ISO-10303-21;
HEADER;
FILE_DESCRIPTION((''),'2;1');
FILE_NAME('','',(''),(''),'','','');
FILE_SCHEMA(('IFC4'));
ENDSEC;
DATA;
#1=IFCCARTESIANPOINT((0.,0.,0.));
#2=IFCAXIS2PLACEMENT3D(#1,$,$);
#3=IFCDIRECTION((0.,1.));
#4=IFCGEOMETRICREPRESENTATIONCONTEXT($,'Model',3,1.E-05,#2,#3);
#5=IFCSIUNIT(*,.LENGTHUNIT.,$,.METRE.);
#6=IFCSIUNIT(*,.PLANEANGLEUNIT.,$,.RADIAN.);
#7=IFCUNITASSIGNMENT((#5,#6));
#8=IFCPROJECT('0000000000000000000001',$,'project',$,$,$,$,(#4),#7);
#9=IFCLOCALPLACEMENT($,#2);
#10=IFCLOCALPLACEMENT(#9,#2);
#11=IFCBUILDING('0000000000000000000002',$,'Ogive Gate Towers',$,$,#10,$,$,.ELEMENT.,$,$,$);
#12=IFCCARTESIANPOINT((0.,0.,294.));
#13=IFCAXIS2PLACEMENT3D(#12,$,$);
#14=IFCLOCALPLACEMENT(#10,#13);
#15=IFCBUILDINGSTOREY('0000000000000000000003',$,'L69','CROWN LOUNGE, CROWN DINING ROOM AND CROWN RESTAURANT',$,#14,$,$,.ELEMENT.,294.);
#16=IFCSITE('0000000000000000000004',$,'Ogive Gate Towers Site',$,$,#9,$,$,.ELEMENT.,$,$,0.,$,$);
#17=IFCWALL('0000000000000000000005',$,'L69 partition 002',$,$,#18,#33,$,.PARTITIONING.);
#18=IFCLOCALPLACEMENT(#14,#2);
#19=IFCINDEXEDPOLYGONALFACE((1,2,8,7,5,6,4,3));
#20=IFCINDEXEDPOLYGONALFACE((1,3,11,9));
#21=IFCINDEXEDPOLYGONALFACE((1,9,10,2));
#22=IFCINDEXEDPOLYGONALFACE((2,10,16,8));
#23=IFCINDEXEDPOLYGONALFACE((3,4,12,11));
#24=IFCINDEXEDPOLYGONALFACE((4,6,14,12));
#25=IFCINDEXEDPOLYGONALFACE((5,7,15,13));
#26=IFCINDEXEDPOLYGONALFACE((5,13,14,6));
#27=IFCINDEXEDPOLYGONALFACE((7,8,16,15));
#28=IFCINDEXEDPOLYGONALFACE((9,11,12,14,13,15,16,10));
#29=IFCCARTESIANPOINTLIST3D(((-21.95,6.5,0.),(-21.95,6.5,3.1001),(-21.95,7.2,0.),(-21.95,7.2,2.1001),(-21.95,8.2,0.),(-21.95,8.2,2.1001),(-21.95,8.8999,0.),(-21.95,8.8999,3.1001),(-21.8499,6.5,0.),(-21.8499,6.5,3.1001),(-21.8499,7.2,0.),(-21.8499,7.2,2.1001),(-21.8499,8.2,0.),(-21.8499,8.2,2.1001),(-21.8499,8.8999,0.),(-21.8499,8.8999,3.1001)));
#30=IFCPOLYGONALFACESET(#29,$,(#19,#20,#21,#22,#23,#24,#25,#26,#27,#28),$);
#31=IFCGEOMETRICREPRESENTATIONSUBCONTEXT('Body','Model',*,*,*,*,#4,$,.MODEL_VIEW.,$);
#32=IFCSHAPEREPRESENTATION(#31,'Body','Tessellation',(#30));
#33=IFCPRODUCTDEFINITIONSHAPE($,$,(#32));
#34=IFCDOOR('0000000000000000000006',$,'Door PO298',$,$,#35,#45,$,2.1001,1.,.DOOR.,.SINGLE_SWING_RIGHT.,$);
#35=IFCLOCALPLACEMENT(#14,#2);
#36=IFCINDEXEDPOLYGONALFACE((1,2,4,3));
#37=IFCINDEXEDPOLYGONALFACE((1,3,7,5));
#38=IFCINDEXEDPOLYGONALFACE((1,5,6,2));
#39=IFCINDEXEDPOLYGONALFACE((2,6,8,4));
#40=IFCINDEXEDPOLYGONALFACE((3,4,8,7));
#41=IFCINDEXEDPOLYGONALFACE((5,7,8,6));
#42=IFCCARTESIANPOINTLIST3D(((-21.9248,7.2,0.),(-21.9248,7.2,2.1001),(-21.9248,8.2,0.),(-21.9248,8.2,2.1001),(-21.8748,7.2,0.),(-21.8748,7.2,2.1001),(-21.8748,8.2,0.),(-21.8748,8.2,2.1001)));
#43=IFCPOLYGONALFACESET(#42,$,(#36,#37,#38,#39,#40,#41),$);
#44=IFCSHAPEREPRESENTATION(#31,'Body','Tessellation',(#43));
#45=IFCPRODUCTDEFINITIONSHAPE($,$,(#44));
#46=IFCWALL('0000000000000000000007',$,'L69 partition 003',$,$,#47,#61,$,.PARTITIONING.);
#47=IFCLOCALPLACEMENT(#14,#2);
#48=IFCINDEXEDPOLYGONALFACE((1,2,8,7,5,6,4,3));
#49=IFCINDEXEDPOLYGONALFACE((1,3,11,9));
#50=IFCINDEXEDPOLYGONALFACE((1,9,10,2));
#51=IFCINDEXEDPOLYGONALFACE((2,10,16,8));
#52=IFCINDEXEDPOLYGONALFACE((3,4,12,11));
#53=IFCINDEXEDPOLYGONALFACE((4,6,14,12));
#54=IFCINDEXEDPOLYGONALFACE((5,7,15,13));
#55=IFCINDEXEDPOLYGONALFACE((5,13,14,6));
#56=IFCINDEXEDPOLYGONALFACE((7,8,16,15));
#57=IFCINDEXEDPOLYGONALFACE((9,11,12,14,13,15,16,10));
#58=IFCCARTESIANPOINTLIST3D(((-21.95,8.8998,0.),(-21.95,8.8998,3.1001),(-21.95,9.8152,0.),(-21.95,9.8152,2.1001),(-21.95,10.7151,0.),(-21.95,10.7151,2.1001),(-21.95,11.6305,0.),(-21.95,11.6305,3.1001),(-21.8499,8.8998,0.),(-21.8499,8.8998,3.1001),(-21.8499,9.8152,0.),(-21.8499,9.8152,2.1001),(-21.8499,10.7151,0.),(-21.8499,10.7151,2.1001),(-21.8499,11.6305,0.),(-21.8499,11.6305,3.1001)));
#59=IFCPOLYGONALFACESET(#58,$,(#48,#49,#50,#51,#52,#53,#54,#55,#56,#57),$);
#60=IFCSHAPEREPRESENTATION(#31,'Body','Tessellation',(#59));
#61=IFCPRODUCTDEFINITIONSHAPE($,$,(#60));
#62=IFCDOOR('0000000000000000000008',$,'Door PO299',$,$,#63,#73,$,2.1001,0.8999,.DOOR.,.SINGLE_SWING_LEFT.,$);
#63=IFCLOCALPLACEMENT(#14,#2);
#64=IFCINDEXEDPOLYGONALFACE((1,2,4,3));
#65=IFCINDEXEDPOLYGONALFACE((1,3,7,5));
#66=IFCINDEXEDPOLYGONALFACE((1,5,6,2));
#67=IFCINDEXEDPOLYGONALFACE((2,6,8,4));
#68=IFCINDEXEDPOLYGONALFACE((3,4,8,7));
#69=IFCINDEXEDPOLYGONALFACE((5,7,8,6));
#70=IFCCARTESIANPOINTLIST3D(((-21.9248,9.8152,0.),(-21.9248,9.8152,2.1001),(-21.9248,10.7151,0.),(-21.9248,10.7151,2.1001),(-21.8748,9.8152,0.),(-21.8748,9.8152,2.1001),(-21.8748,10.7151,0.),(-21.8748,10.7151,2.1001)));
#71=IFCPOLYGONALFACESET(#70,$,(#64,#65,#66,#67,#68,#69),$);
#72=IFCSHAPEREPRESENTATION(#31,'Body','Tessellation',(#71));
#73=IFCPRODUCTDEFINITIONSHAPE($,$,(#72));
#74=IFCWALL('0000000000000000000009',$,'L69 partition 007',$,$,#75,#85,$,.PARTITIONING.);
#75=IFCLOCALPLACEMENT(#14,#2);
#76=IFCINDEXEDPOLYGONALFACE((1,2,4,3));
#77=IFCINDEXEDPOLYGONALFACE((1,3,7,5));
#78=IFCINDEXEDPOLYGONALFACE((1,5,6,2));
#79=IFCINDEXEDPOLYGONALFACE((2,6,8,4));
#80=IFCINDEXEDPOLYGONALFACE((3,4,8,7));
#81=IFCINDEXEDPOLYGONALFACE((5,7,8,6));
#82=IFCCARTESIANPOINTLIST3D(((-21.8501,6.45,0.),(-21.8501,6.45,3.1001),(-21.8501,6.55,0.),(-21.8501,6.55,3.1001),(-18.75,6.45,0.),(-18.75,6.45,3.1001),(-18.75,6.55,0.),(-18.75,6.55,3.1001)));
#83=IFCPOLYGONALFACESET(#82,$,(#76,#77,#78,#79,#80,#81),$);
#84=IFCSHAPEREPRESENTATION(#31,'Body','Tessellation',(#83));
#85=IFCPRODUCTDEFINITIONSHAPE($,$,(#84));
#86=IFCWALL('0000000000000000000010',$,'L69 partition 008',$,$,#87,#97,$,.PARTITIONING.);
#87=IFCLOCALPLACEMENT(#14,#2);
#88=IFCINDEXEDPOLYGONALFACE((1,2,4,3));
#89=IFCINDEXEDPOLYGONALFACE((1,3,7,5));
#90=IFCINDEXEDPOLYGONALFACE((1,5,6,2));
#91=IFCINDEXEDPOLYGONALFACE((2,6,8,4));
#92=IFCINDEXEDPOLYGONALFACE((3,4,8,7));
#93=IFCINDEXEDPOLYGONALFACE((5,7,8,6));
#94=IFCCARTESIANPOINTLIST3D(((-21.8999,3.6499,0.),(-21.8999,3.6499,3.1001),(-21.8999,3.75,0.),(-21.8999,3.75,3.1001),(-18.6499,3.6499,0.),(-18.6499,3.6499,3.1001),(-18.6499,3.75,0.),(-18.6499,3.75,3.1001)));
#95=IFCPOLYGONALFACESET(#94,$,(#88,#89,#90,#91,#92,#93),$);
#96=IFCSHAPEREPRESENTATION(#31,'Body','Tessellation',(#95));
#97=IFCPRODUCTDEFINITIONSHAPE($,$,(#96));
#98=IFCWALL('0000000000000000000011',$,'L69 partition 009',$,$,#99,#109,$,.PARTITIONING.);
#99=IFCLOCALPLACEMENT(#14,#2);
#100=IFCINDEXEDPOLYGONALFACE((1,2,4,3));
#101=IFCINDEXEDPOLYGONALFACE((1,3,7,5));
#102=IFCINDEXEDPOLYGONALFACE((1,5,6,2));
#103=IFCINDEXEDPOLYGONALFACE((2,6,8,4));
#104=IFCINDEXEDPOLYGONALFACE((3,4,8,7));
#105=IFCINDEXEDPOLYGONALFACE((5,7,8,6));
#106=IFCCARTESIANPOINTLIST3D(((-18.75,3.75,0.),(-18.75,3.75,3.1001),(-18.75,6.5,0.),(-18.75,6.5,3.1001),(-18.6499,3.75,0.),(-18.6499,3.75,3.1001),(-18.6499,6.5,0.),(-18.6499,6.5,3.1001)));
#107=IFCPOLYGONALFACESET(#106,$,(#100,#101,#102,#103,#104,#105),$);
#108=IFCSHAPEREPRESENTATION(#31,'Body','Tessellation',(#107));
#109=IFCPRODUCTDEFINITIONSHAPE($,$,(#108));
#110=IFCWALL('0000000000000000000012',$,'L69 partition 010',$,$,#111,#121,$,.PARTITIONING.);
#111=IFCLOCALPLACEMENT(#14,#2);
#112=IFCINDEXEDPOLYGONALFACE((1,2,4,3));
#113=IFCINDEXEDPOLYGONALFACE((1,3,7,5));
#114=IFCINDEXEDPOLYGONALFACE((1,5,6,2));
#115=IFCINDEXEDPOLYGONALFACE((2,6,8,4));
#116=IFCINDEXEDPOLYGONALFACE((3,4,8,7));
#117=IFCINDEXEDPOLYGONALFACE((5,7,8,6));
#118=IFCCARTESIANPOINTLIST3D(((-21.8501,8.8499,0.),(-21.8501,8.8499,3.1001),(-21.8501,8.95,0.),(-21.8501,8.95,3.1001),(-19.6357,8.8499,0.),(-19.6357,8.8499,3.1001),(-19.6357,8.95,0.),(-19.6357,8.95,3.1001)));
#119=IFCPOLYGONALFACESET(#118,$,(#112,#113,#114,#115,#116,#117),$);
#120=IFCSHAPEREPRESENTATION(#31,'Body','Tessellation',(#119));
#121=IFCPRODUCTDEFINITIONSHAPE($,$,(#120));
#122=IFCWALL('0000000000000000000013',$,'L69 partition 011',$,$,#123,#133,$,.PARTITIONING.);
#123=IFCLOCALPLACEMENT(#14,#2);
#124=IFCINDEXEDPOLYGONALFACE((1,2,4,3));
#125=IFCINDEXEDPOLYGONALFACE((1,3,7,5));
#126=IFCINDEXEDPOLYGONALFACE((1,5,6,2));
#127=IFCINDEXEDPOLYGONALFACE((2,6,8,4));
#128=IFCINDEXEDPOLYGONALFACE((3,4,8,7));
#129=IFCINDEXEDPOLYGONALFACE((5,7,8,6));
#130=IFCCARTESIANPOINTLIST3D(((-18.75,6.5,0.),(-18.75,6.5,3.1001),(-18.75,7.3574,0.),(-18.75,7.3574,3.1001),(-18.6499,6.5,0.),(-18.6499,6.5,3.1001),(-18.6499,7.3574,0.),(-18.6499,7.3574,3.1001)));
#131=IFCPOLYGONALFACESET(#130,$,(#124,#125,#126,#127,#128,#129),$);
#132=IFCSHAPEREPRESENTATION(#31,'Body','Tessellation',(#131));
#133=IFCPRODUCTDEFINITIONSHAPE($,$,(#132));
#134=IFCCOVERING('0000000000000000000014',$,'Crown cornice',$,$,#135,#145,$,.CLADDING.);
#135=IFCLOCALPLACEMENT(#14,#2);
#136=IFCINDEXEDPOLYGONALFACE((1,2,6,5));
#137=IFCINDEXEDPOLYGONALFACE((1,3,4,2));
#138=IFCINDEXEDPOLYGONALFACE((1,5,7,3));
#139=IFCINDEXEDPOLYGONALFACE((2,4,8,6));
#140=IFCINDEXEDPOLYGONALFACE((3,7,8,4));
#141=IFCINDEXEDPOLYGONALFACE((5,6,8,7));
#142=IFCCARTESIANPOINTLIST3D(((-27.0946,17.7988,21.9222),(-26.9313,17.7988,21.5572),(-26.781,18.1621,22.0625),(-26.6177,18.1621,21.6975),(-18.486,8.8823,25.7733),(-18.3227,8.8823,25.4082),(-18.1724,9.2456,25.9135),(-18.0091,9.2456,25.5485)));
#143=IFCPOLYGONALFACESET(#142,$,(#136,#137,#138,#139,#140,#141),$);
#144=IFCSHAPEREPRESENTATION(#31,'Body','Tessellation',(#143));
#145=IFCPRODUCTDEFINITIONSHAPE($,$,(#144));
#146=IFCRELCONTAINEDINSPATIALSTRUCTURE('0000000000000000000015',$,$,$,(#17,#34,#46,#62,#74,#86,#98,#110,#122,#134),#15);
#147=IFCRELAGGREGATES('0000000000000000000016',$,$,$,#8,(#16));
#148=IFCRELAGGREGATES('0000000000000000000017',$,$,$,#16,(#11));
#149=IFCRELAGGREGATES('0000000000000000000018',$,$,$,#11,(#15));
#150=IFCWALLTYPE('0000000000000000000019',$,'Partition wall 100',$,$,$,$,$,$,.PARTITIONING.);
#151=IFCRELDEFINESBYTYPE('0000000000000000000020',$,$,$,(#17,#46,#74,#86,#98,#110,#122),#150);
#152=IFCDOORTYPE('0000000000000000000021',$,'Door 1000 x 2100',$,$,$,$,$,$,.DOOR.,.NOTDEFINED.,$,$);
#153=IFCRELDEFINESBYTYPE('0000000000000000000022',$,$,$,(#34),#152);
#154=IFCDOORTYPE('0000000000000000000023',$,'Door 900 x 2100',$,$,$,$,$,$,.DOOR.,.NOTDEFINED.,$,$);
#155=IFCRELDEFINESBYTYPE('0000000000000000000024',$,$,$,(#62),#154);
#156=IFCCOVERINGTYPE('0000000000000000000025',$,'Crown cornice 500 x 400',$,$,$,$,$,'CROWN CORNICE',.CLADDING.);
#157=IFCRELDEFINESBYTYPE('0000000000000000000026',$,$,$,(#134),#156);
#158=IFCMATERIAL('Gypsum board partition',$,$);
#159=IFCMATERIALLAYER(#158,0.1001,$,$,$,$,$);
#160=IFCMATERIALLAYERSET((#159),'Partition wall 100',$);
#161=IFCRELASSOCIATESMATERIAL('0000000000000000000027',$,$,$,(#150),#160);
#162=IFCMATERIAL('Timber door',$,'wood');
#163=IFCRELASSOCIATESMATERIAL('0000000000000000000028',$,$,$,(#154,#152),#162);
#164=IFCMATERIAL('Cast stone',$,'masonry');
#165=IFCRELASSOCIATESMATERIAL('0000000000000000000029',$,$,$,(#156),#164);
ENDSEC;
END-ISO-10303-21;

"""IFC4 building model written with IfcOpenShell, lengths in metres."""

from ifc_helpers import new_model, si_unit, direction, frame, frame_2d, origin, origin_2d, place, context, subcontext, project, spatial, rectangle, extrude, material, layer, layer_set, material_profile, profile_set, type_object, element, fill, save


model = new_model("IFC4")

# Units and contexts
model_context = context("Model", 3, precision=1e-05, world=origin(), true_north=direction((0.0, 1.0)))
body_context = subcontext(model_context, "Body", "Model", "MODEL_VIEW")
ifc_project = project(units=[si_unit("LENGTHUNIT", "METRE"), si_unit("PLANEANGLEUNIT", "RADIAN")], contexts=[model_context])

# Site, building, storey
site_placement = place(None, origin())
site = spatial("IfcSite", under=ifc_project, at=site_placement, Name="Ogive Gate Towers Site", CompositionType="ELEMENT", RefElevation=0.0)
building_placement = place(site_placement, origin())
building = spatial("IfcBuilding", under=site, at=building_placement, Name="Ogive Gate Towers", CompositionType="ELEMENT")
storey_placement = place(building_placement, frame((0.0, 0.0, 294.0)))
storey = spatial("IfcBuildingStorey", under=building, at=storey_placement, Name="L69", Description="CROWN LOUNGE, CROWN DINING ROOM AND CROWN RESTAURANT", CompositionType="ELEMENT", Elevation=294.0)

# Walls, openings, doors
ifc_material_1 = material(Name="Gypsum board partition")
ifc_layer_1 = layer(ifc_material_1, 0.1001)
ifc_layer_set_1 = layer_set([ifc_layer_1], Name="Partition wall 100")
wall_type = type_object("IfcWallType", Name="Partition wall 100", PredefinedType="PARTITIONING", material=ifc_layer_set_1)
ifc_material_2 = material(Name="Timber door", Category="wood")
door_type_1 = type_object("IfcDoorType", Name="Door 900 x 2100", OperationType="NOTDEFINED", PredefinedType="DOOR", material=ifc_material_2)
wall_1_placement = place(storey_placement, frame((-21.8999, 6.5, 0.0), z_axis=(0.0, 0.0, 1.0), x_axis=(0.0, 1.0, 0.0)))
wall_1 = element("IfcWall", 1, at=wall_1_placement, inside=storey, type_object=wall_type, Name="L69 partition 002", PredefinedType="PARTITIONING", context=body_context, shape_type="SweptSolid", body=[
    extrude(rectangle(XDim=2.3999, YDim=0.1001, at=frame_2d((1.2, 0.0))), origin(), (0.0, 0.0, 1.0), 3.1001),
])
opening_1_placement = place(wall_1_placement, frame((0.7, 0.0, 0.0)))
opening_1 = element("IfcOpeningElement", 2, at=opening_1_placement, cuts=wall_1, PredefinedType="OPENING", context=body_context, shape_type="SweptSolid", body=[
    extrude(rectangle(XDim=1.0, YDim=2.1001, at=frame_2d((0.5, 1.05))), frame((0.0, 0.0601, 0.0), z_axis=(0.0, -1.0, 0.0), x_axis=(1.0, 0.0, 0.0)), (0.0, 0.0, 1.0), 0.1201),
])
door_type_2 = type_object("IfcDoorType", Name="Door 1000 x 2100", OperationType="NOTDEFINED", PredefinedType="DOOR", material=ifc_material_2)
door_1_placement = place(opening_1_placement, origin())
door_1 = element("IfcDoor", 3, at=door_1_placement, inside=storey, type_object=door_type_2, Name="Door PO298", OperationType="SINGLE_SWING_RIGHT", OverallHeight=2.1001, OverallWidth=1.0, PredefinedType="DOOR", context=body_context, shape_type="SweptSolid", body=[
    extrude(rectangle(XDim=1.0, YDim=2.1001, at=frame_2d((0.5, 1.05))), frame((0.0, 0.0249, 0.0), z_axis=(0.0, -1.0, 0.0), x_axis=(1.0, 0.0, 0.0)), (0.0, 0.0, 1.0), 0.05),
])
fill(opening_1, door_1)
wall_2_placement = place(storey_placement, frame((-21.8999, 8.8999, 0.0), z_axis=(0.0, 0.0, 1.0), x_axis=(0.0, 1.0, 0.0)))
wall_2 = element("IfcWall", 4, at=wall_2_placement, inside=storey, type_object=wall_type, Name="L69 partition 003", PredefinedType="PARTITIONING", context=body_context, shape_type="SweptSolid", body=[
    extrude(rectangle(XDim=2.7307, YDim=0.1001, at=frame_2d((1.3652, 0.0))), origin(), (0.0, 0.0, 1.0), 3.1001),
])
opening_2_placement = place(wall_2_placement, frame((0.9153, 0.0, 0.0)))
opening_2 = element("IfcOpeningElement", 5, at=opening_2_placement, cuts=wall_2, PredefinedType="OPENING", context=body_context, shape_type="SweptSolid", body=[
    extrude(rectangle(XDim=0.8999, YDim=2.1001, at=frame_2d((0.45, 1.05))), frame((0.0, 0.0601, 0.0), z_axis=(0.0, -1.0, 0.0), x_axis=(1.0, 0.0, 0.0)), (0.0, 0.0, 1.0), 0.1201),
])
door_2_placement = place(opening_2_placement, origin())
door_2 = element("IfcDoor", 6, at=door_2_placement, inside=storey, type_object=door_type_1, Name="Door PO299", OperationType="SINGLE_SWING_LEFT", OverallHeight=2.1001, OverallWidth=0.8999, PredefinedType="DOOR", context=body_context, shape_type="SweptSolid", body=[
    extrude(rectangle(XDim=0.8999, YDim=2.1001, at=frame_2d((0.45, 1.05))), frame((0.0, 0.0249, 0.0), z_axis=(0.0, -1.0, 0.0), x_axis=(1.0, 0.0, 0.0)), (0.0, 0.0, 1.0), 0.05),
])
fill(opening_2, door_2)

# Walls
wall_3_placement = place(storey_placement, frame((-21.8501, 6.5, 0.0), z_axis=(0.0, 0.0, 1.0), x_axis=(1.0, 0.0, 0.0)))
element("IfcWall", 7, at=wall_3_placement, inside=storey, type_object=wall_type, Name="L69 partition 007", PredefinedType="PARTITIONING", context=body_context, shape_type="SweptSolid", body=[
    extrude(rectangle(XDim=3.1001, YDim=0.1001, at=frame_2d((1.55, 0.0))), origin(), (0.0, 0.0, 1.0), 3.1001),
])
wall_4_placement = place(storey_placement, frame((-21.8999, 3.7, 0.0), z_axis=(0.0, 0.0, 1.0), x_axis=(1.0, 0.0, 0.0)))
element("IfcWall", 8, at=wall_4_placement, inside=storey, type_object=wall_type, Name="L69 partition 008", PredefinedType="PARTITIONING", context=body_context, shape_type="SweptSolid", body=[
    extrude(rectangle(XDim=3.25, YDim=0.1001, at=frame_2d((1.625, 0.0))), origin(), (0.0, 0.0, 1.0), 3.1001),
])
wall_5_placement = place(storey_placement, frame((-18.7, 3.75, 0.0), z_axis=(0.0, 0.0, 1.0), x_axis=(0.0, 1.0, 0.0)))
element("IfcWall", 9, at=wall_5_placement, inside=storey, type_object=wall_type, Name="L69 partition 009", PredefinedType="PARTITIONING", context=body_context, shape_type="SweptSolid", body=[
    extrude(rectangle(XDim=2.75, YDim=0.1001, at=frame_2d((1.375, 0.0))), origin(), (0.0, 0.0, 1.0), 3.1001),
])
wall_6_placement = place(storey_placement, frame((-21.8501, 8.8999, 0.0), z_axis=(0.0, 0.0, 1.0), x_axis=(1.0, 0.0, 0.0)))
element("IfcWall", 10, at=wall_6_placement, inside=storey, type_object=wall_type, Name="L69 partition 010", PredefinedType="PARTITIONING", context=body_context, shape_type="SweptSolid", body=[
    extrude(rectangle(XDim=2.2144, YDim=0.1001, at=frame_2d((1.1072, 0.0))), origin(), (0.0, 0.0, 1.0), 3.1001),
])
wall_7_placement = place(storey_placement, frame((-18.7, 6.5, 0.0), z_axis=(0.0, 0.0, 1.0), x_axis=(0.0, 1.0, 0.0)))
element("IfcWall", 11, at=wall_7_placement, inside=storey, type_object=wall_type, Name="L69 partition 011", PredefinedType="PARTITIONING", context=body_context, shape_type="SweptSolid", body=[
    extrude(rectangle(XDim=0.8574, YDim=0.1001, at=frame_2d((0.4287, 0.0))), origin(), (0.0, 0.0, 1.0), 3.1001),
])

# Covering
ifc_material_3 = material(Name="Cast stone", Category="masonry")
ifc_material_profile_1 = material_profile(ifc_material_3, rectangle(XDim=0.5, YDim=0.3999, at=origin_2d()), Name="500 x 400 cast stone")
ifc_profile_set_1 = profile_set([ifc_material_profile_1], Name="Cast stone")
covering_type = type_object("IfcCoveringType", Name="Crown cornice 500 x 400", ElementType="CROWN CORNICE", PredefinedType="CLADDING", material=ifc_profile_set_1)
covering_placement = place(storey_placement, frame((-18.2476, 9.064, 25.6609), z_axis=(-0.663296, 0.687017, -0.296725), x_axis=(0.62712, 0.726641, 0.280559)))
element("IfcCovering", 12, at=covering_placement, inside=storey, type_object=covering_type, Name="Crown cornice", PredefinedType="CLADDING", context=body_context, shape_type="SweptSolid", body=[
    extrude(rectangle(XDim=0.5, YDim=0.3999, at=origin_2d()), origin(), (0.0, 0.0, 1.0), 12.9785),
])

save(model, "model.ifc")
